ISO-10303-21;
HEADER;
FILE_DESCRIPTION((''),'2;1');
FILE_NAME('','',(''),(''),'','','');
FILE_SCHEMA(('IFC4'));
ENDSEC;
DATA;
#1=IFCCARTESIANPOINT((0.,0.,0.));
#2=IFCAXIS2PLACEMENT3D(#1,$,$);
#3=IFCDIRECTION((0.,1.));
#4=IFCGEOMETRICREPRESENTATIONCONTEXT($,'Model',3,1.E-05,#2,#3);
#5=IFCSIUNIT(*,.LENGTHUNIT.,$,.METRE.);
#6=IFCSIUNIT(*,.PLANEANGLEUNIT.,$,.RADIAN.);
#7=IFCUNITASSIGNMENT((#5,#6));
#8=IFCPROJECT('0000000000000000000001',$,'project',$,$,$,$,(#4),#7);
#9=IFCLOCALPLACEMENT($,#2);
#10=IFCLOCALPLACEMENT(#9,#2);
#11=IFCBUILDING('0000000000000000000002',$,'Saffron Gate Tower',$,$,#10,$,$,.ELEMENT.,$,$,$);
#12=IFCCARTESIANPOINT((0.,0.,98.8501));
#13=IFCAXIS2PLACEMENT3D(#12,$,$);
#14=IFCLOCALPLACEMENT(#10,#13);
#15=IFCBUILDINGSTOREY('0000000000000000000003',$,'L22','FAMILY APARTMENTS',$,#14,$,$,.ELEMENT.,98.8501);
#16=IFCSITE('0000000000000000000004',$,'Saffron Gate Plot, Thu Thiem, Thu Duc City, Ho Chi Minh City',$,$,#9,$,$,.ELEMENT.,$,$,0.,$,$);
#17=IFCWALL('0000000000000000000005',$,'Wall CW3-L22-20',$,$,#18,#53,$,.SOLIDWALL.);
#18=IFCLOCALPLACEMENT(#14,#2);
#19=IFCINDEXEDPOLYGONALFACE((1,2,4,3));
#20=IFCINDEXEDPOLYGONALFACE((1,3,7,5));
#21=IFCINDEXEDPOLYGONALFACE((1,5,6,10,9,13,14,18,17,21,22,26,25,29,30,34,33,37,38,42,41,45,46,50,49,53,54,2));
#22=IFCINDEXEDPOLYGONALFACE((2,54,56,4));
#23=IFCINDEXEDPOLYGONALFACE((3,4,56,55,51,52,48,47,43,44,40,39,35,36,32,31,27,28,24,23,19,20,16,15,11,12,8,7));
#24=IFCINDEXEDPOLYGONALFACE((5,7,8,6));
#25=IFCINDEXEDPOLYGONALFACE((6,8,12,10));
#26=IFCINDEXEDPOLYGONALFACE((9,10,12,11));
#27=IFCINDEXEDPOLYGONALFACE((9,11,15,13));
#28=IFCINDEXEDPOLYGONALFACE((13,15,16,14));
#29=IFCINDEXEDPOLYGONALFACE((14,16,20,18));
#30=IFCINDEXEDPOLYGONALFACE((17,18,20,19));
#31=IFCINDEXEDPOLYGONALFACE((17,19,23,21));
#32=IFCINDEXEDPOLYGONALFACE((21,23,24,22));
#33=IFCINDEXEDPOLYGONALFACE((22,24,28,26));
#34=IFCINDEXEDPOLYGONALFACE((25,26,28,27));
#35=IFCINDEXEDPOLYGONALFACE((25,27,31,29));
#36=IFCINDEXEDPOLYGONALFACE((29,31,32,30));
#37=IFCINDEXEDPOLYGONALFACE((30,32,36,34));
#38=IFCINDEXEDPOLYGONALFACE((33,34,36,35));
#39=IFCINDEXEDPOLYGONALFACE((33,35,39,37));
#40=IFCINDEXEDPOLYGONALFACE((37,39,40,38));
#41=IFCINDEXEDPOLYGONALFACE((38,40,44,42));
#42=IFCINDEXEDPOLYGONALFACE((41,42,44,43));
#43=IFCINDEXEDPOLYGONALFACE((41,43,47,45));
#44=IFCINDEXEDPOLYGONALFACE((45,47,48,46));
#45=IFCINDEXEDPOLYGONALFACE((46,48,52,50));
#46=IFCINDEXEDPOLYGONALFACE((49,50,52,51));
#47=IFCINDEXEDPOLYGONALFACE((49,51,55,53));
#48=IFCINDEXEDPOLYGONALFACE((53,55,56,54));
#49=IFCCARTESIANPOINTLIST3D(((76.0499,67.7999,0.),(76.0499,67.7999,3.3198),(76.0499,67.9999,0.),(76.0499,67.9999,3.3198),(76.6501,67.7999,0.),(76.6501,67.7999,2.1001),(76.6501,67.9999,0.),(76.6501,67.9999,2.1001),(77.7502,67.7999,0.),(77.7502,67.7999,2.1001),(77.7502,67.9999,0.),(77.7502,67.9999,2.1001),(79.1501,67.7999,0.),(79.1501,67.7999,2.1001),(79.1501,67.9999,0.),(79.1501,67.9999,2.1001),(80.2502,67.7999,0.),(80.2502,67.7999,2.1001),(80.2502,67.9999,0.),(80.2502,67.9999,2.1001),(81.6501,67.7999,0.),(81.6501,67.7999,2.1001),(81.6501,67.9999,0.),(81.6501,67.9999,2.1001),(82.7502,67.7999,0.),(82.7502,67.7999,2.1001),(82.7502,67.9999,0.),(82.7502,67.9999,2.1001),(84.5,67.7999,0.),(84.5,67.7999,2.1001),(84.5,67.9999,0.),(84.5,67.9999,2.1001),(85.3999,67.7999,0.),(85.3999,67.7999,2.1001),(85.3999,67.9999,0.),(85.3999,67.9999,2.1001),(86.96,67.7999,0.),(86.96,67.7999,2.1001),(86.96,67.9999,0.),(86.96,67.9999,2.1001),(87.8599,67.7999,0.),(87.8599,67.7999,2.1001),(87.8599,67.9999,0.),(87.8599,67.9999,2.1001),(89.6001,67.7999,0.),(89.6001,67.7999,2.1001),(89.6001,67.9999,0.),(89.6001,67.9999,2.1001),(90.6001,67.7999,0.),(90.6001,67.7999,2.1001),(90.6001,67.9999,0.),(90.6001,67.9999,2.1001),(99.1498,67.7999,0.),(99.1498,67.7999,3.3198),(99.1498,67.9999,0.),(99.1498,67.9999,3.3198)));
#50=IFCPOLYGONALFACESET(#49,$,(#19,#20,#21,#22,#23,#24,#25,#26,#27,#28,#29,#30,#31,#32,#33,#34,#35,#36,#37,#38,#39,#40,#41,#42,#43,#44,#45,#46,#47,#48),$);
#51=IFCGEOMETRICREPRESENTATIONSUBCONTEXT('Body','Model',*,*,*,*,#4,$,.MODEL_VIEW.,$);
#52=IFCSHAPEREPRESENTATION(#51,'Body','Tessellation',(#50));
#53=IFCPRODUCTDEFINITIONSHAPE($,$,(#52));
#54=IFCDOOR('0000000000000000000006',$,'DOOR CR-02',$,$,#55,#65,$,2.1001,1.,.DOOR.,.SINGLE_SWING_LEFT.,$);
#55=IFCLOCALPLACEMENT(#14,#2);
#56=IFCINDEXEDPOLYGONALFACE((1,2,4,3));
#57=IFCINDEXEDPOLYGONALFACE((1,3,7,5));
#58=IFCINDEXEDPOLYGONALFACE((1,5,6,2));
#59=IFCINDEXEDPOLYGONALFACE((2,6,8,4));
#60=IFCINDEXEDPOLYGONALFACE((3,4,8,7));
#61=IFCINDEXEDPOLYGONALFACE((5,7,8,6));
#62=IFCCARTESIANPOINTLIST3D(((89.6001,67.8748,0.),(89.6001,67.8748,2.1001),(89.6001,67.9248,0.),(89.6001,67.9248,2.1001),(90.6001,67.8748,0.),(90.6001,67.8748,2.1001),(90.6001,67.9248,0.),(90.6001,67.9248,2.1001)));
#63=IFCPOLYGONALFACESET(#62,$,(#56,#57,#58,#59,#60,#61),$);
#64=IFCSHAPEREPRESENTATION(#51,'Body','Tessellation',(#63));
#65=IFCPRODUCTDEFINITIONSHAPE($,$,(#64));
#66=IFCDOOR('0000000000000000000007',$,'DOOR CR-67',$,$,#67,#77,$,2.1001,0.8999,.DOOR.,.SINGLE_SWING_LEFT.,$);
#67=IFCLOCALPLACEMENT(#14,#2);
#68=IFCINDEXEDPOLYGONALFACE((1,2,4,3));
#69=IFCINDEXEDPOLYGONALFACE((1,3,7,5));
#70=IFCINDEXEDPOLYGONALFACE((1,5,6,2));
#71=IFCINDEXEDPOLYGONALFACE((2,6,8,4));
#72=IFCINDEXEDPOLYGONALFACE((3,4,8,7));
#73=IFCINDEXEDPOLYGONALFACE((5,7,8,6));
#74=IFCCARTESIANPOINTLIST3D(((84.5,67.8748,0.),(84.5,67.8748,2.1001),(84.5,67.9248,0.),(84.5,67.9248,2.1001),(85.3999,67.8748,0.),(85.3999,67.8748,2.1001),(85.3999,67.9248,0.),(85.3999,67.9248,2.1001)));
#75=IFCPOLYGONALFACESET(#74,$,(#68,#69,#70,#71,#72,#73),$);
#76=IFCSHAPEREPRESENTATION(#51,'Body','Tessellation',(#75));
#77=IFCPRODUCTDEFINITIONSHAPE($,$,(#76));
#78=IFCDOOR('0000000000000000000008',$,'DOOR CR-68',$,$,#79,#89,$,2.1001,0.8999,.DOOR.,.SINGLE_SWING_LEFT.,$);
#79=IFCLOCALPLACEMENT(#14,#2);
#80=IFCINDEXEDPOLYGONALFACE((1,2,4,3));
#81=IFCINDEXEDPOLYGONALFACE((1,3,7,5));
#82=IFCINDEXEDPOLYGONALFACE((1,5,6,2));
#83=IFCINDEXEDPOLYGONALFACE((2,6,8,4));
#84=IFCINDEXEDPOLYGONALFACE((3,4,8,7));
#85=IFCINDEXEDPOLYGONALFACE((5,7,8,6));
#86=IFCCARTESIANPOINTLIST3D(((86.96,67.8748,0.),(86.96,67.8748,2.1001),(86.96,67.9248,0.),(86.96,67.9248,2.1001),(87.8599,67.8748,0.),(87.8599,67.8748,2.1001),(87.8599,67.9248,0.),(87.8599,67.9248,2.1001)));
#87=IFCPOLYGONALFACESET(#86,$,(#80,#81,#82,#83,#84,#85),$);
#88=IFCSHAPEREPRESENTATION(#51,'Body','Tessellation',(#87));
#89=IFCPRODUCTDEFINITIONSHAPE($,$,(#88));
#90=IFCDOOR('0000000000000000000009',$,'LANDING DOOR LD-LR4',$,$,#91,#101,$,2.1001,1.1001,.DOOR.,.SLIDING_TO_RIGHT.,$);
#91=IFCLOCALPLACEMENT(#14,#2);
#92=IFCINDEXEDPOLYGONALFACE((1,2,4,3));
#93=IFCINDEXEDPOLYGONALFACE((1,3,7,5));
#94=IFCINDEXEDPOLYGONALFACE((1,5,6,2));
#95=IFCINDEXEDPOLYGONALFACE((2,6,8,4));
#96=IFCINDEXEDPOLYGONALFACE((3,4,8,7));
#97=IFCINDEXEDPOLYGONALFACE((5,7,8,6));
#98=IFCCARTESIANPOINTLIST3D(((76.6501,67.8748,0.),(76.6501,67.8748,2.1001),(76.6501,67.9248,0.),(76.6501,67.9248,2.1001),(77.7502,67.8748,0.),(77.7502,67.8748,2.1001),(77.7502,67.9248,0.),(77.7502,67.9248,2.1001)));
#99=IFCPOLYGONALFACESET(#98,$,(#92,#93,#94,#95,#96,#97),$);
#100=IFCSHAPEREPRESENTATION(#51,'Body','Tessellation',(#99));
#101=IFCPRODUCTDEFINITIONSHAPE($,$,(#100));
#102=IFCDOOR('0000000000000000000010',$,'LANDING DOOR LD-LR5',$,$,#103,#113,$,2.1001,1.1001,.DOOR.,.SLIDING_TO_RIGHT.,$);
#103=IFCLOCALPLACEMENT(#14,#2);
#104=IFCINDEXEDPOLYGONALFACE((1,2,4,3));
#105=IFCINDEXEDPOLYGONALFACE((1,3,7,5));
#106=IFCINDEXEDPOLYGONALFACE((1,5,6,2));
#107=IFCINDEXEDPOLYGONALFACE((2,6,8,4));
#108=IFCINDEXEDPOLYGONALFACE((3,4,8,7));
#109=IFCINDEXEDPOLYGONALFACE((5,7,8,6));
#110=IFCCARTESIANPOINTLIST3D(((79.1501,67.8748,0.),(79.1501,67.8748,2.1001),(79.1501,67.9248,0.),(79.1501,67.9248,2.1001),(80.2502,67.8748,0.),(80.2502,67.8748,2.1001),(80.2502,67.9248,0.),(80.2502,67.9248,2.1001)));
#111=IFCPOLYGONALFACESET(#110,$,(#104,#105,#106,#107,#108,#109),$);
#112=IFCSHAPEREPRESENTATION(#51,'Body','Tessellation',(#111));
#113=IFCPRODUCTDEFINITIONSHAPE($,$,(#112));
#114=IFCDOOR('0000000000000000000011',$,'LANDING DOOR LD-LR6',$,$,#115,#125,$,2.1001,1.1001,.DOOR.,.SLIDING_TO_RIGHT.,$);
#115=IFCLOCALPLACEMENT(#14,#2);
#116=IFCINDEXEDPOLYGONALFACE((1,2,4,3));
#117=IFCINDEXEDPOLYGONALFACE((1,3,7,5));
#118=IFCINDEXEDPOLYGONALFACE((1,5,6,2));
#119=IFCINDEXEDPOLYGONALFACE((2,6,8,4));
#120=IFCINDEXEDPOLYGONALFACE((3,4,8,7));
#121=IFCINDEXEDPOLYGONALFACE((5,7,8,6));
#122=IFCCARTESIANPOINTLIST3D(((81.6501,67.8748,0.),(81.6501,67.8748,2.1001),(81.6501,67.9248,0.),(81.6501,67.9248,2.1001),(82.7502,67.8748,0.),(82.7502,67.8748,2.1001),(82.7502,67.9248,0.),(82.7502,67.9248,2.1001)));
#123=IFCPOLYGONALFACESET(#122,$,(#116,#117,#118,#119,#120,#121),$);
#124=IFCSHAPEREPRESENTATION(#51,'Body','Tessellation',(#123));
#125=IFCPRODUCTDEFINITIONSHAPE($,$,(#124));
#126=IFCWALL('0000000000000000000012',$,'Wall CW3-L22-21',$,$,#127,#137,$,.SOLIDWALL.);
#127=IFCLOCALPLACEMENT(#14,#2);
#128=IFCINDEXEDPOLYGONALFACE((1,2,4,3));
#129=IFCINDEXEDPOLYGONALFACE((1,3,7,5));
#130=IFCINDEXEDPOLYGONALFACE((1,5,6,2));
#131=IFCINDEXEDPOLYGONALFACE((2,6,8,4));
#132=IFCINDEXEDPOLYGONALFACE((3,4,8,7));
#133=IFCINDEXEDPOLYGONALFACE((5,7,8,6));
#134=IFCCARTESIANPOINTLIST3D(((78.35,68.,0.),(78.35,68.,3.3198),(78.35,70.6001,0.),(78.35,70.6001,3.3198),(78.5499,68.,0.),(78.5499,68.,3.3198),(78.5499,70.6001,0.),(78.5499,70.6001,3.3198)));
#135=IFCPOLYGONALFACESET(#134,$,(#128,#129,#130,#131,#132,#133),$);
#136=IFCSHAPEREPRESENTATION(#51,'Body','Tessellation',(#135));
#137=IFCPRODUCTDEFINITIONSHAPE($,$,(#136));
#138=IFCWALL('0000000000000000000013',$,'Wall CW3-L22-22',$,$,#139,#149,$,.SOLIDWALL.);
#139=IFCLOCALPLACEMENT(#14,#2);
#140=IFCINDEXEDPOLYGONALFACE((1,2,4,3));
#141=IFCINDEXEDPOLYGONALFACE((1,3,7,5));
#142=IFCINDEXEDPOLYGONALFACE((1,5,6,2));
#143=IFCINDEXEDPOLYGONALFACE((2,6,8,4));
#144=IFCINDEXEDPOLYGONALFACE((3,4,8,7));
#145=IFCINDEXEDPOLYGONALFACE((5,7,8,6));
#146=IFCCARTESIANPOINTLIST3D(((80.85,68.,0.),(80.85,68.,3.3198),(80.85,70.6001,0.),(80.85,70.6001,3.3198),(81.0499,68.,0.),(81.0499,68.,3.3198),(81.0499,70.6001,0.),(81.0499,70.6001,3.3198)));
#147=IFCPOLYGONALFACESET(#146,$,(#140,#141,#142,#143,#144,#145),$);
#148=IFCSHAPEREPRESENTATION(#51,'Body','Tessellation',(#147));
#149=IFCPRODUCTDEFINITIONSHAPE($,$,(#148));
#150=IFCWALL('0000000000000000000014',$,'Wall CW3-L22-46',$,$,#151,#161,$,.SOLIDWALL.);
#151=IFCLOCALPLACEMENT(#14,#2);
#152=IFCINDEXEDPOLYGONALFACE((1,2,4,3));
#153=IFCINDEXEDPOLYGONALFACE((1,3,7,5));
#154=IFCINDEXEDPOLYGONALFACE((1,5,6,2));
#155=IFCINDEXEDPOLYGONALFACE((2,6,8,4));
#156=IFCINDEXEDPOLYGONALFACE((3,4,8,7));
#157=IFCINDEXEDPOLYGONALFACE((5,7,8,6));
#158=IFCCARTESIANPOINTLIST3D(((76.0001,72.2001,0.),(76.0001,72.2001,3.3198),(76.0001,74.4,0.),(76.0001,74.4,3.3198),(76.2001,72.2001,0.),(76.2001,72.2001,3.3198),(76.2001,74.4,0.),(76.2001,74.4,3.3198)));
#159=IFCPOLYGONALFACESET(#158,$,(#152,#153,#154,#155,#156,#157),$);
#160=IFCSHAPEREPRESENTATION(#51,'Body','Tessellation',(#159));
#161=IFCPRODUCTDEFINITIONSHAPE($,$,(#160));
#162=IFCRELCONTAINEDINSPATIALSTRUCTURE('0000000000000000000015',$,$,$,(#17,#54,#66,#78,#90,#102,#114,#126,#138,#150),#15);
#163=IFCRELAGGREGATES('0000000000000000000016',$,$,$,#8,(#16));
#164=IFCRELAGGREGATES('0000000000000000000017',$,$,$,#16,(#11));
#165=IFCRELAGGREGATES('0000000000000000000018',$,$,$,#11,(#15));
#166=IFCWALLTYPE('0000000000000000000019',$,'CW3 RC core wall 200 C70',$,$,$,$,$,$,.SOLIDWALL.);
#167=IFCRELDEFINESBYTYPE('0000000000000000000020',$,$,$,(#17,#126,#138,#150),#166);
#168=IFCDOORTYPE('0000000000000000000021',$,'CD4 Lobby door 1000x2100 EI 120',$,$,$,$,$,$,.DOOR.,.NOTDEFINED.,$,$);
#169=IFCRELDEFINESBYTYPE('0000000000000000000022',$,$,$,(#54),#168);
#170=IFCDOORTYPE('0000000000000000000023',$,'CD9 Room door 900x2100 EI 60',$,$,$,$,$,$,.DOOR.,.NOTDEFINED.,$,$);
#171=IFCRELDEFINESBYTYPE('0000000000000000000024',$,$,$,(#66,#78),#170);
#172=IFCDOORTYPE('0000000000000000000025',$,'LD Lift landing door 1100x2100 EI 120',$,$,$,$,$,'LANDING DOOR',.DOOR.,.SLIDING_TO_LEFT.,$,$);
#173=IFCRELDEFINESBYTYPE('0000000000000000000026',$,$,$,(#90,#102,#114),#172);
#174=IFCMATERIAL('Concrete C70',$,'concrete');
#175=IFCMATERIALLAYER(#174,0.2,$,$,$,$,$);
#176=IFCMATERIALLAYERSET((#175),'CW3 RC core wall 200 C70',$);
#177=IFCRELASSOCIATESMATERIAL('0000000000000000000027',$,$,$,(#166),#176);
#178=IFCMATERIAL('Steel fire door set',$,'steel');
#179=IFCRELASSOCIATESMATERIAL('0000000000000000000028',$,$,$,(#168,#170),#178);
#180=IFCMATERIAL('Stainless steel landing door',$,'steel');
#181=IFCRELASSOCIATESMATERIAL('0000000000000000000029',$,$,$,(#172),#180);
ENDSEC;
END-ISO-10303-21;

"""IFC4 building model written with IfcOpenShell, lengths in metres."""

from ifc_helpers import new_model, si_unit, direction, frame, frame_2d, origin, place, context, subcontext, project, spatial, rectangle, extrude, material, layer, layer_set, type_object, element, fill, save


model = new_model("IFC4")

# Units and contexts
model_context = context("Model", 3, precision=1e-05, world=origin(), true_north=direction((0.0, 1.0)))
body_context = subcontext(model_context, "Body", "Model", "MODEL_VIEW")
ifc_project = project(units=[si_unit("LENGTHUNIT", "METRE"), si_unit("PLANEANGLEUNIT", "RADIAN")], contexts=[model_context])

# Site, building, storey
site_placement = place(None, origin())
site = spatial("IfcSite", under=ifc_project, at=site_placement, Name="Saffron Gate Plot, Thu Thiem, Thu Duc City, Ho Chi Minh City", CompositionType="ELEMENT", RefElevation=0.0)
building_placement = place(site_placement, origin())
building = spatial("IfcBuilding", under=site, at=building_placement, Name="Saffron Gate Tower", CompositionType="ELEMENT")
storey_placement = place(building_placement, frame((0.0, 0.0, 98.8501)))
storey = spatial("IfcBuildingStorey", under=building, at=storey_placement, Name="L22", Description="FAMILY APARTMENTS", CompositionType="ELEMENT", Elevation=98.8501)

# Shared definitions
ifc_material_1 = material(Name="Concrete C70", Category="concrete")
ifc_material_2 = material(Name="Steel fire door set", Category="steel")

# Wall, openings, doors
ifc_layer_1 = layer(ifc_material_1, 0.2)
ifc_layer_set_1 = layer_set([ifc_layer_1], Name="CW3 RC core wall 200 C70")
wall_type_1 = type_object("IfcWallType", Name="CW3 RC core wall 200 C70", PredefinedType="SOLIDWALL", material=ifc_layer_set_1)
wall_1_placement = place(storey_placement, frame((76.05, 67.8999, 0.0), z_axis=(0.0, 0.0, 1.0), x_axis=(1.0, 0.0, 0.0)))
wall_1 = element("IfcWall", 1, at=wall_1_placement, inside=storey, type_object=wall_type_1, Name="Wall CW3-L22-20", PredefinedType="SOLIDWALL", context=body_context, shape_type="SweptSolid", body=[
    extrude(rectangle(XDim=23.0999, YDim=0.2, at=frame_2d((11.5498, 0.0))), origin(), (0.0, 0.0, 1.0), 3.3198),
])
opening_1_placement = place(wall_1_placement, frame((0.6001, 0.0, 0.0)))
opening_1 = element("IfcOpeningElement", 2, at=opening_1_placement, cuts=wall_1, PredefinedType="OPENING", context=body_context, shape_type="SweptSolid", body=[
    extrude(rectangle(XDim=1.1001, YDim=2.1001, at=frame_2d((0.55, 1.05))), frame((0.0, 0.1099, 0.0), z_axis=(0.0, -1.0, 0.0), x_axis=(1.0, 0.0, 0.0)), (0.0, 0.0, 1.0), 0.22),
])
opening_2_placement = place(wall_1_placement, frame((3.1001, 0.0, 0.0)))
opening_2 = element("IfcOpeningElement", 3, at=opening_2_placement, cuts=wall_1, PredefinedType="OPENING", context=body_context, shape_type="SweptSolid", body=[
    extrude(rectangle(XDim=1.1001, YDim=2.1001, at=frame_2d((0.55, 1.05))), frame((0.0, 0.1099, 0.0), z_axis=(0.0, -1.0, 0.0), x_axis=(1.0, 0.0, 0.0)), (0.0, 0.0, 1.0), 0.22),
])
opening_3_placement = place(wall_1_placement, frame((5.6001, 0.0, 0.0)))
opening_3 = element("IfcOpeningElement", 4, at=opening_3_placement, cuts=wall_1, PredefinedType="OPENING", context=body_context, shape_type="SweptSolid", body=[
    extrude(rectangle(XDim=1.1001, YDim=2.1001, at=frame_2d((0.55, 1.05))), frame((0.0, 0.1099, 0.0), z_axis=(0.0, -1.0, 0.0), x_axis=(1.0, 0.0, 0.0)), (0.0, 0.0, 1.0), 0.22),
])
opening_4_placement = place(wall_1_placement, frame((8.45, 0.0, 0.0)))
opening_4 = element("IfcOpeningElement", 5, at=opening_4_placement, cuts=wall_1, PredefinedType="OPENING", context=body_context, shape_type="SweptSolid", body=[
    extrude(rectangle(XDim=0.8999, YDim=2.1001, at=frame_2d((0.45, 1.05))), frame((0.0, 0.1099, 0.0), z_axis=(0.0, -1.0, 0.0), x_axis=(1.0, 0.0, 0.0)), (0.0, 0.0, 1.0), 0.22),
])
opening_5_placement = place(wall_1_placement, frame((10.9099, 0.0, 0.0)))
opening_5 = element("IfcOpeningElement", 6, at=opening_5_placement, cuts=wall_1, PredefinedType="OPENING", context=body_context, shape_type="SweptSolid", body=[
    extrude(rectangle(XDim=0.8999, YDim=2.1001, at=frame_2d((0.45, 1.05))), frame((0.0, 0.1099, 0.0), z_axis=(0.0, -1.0, 0.0), x_axis=(1.0, 0.0, 0.0)), (0.0, 0.0, 1.0), 0.22),
])
opening_6_placement = place(wall_1_placement, frame((13.55, 0.0, 0.0)))
opening_6 = element("IfcOpeningElement", 7, at=opening_6_placement, cuts=wall_1, PredefinedType="OPENING", context=body_context, shape_type="SweptSolid", body=[
    extrude(rectangle(XDim=1.0, YDim=2.1001, at=frame_2d((0.5, 1.05))), frame((0.0, 0.1099, 0.0), z_axis=(0.0, -1.0, 0.0), x_axis=(1.0, 0.0, 0.0)), (0.0, 0.0, 1.0), 0.22),
])
door_type_1 = type_object("IfcDoorType", Name="CD4 Lobby door 1000x2100 EI 120", OperationType="NOTDEFINED", PredefinedType="DOOR", material=ifc_material_2)
door_1_placement = place(opening_6_placement, origin())
door_1 = element("IfcDoor", 8, at=door_1_placement, inside=storey, type_object=door_type_1, Name="DOOR CR-02", OperationType="SINGLE_SWING_LEFT", OverallHeight=2.1001, OverallWidth=1.0, PredefinedType="DOOR", context=body_context, shape_type="SweptSolid", body=[
    extrude(rectangle(XDim=1.0, YDim=2.1001, at=frame_2d((0.5, 1.05))), frame((0.0, 0.0249, 0.0), z_axis=(0.0, -1.0, 0.0), x_axis=(1.0, 0.0, 0.0)), (0.0, 0.0, 1.0), 0.05),
])
fill(opening_6, door_1)
door_type_2 = type_object("IfcDoorType", Name="CD9 Room door 900x2100 EI 60", OperationType="NOTDEFINED", PredefinedType="DOOR", material=ifc_material_2)
door_2_placement = place(opening_4_placement, origin())
door_2 = element("IfcDoor", 9, at=door_2_placement, inside=storey, type_object=door_type_2, Name="DOOR CR-67", OperationType="SINGLE_SWING_LEFT", OverallHeight=2.1001, OverallWidth=0.8999, PredefinedType="DOOR", context=body_context, shape_type="SweptSolid", body=[
    extrude(rectangle(XDim=0.8999, YDim=2.1001, at=frame_2d((0.45, 1.05))), frame((0.0, 0.0249, 0.0), z_axis=(0.0, -1.0, 0.0), x_axis=(1.0, 0.0, 0.0)), (0.0, 0.0, 1.0), 0.05),
])
fill(opening_4, door_2)
door_3_placement = place(opening_5_placement, origin())
door_3 = element("IfcDoor", 10, at=door_3_placement, inside=storey, type_object=door_type_2, Name="DOOR CR-68", OperationType="SINGLE_SWING_LEFT", OverallHeight=2.1001, OverallWidth=0.8999, PredefinedType="DOOR", context=body_context, shape_type="SweptSolid", body=[
    extrude(rectangle(XDim=0.8999, YDim=2.1001, at=frame_2d((0.45, 1.05))), frame((0.0, 0.0249, 0.0), z_axis=(0.0, -1.0, 0.0), x_axis=(1.0, 0.0, 0.0)), (0.0, 0.0, 1.0), 0.05),
])
fill(opening_5, door_3)
ifc_material_3 = material(Name="Stainless steel landing door", Category="steel")
door_type_3 = type_object("IfcDoorType", Name="LD Lift landing door 1100x2100 EI 120", ElementType="LANDING DOOR", OperationType="SLIDING_TO_LEFT", PredefinedType="DOOR", material=ifc_material_3)
door_4_placement = place(opening_1_placement, origin())
door_4 = element("IfcDoor", 11, at=door_4_placement, inside=storey, type_object=door_type_3, Name="LANDING DOOR LD-LR4", OperationType="SLIDING_TO_RIGHT", OverallHeight=2.1001, OverallWidth=1.1001, PredefinedType="DOOR", context=body_context, shape_type="SweptSolid", body=[
    extrude(rectangle(XDim=1.1001, YDim=2.1001, at=frame_2d((0.55, 1.05))), frame((0.0, 0.0249, 0.0), z_axis=(0.0, -1.0, 0.0), x_axis=(1.0, 0.0, 0.0)), (0.0, 0.0, 1.0), 0.05),
])
fill(opening_1, door_4)
door_5_placement = place(opening_2_placement, origin())
door_5 = element("IfcDoor", 12, at=door_5_placement, inside=storey, type_object=door_type_3, Name="LANDING DOOR LD-LR5", OperationType="SLIDING_TO_RIGHT", OverallHeight=2.1001, OverallWidth=1.1001, PredefinedType="DOOR", context=body_context, shape_type="SweptSolid", body=[
    extrude(rectangle(XDim=1.1001, YDim=2.1001, at=frame_2d((0.55, 1.05))), frame((0.0, 0.0249, 0.0), z_axis=(0.0, -1.0, 0.0), x_axis=(1.0, 0.0, 0.0)), (0.0, 0.0, 1.0), 0.05),
])
fill(opening_2, door_5)
door_6_placement = place(opening_3_placement, origin())
door_6 = element("IfcDoor", 13, at=door_6_placement, inside=storey, type_object=door_type_3, Name="LANDING DOOR LD-LR6", OperationType="SLIDING_TO_RIGHT", OverallHeight=2.1001, OverallWidth=1.1001, PredefinedType="DOOR", context=body_context, shape_type="SweptSolid", body=[
    extrude(rectangle(XDim=1.1001, YDim=2.1001, at=frame_2d((0.55, 1.05))), frame((0.0, 0.0249, 0.0), z_axis=(0.0, -1.0, 0.0), x_axis=(1.0, 0.0, 0.0)), (0.0, 0.0, 1.0), 0.05),
])
fill(opening_3, door_6)

# Walls
for number, where, z_axis, x_axis, name in (
    (14, (78.45, 68.0, 0.0), (0.0, 0.0, 1.0), (0.0, 1.0, 0.0), "Wall CW3-L22-21"),
    (15, (80.95, 68.0, 0.0), (0.0, 0.0, 1.0), (0.0, 1.0, 0.0), "Wall CW3-L22-22"),
):
    element("IfcWall", number, at=place(storey_placement, frame(where, z_axis=z_axis, x_axis=x_axis)), inside=storey, type_object=wall_type_1, Name=name, PredefinedType="SOLIDWALL", context=body_context, shape_type="SweptSolid", body=[
        extrude(rectangle(XDim=2.6001, YDim=0.2, at=frame_2d((1.3, 0.0))), origin(), (0.0, 0.0, 1.0), 3.3198),
    ])
wall_2_placement = place(storey_placement, frame((76.1001, 72.2, 0.0), z_axis=(0.0, 0.0, 1.0), x_axis=(0.0, 1.0, 0.0)))
element("IfcWall", 16, at=wall_2_placement, inside=storey, type_object=wall_type_1, Name="Wall CW3-L22-46", PredefinedType="SOLIDWALL", context=body_context, shape_type="SweptSolid", body=[
    extrude(rectangle(XDim=2.2, YDim=0.2, at=frame_2d((1.1001, 0.0))), origin(), (0.0, 0.0, 1.0), 3.3198),
])

save(model, "model.ifc")
